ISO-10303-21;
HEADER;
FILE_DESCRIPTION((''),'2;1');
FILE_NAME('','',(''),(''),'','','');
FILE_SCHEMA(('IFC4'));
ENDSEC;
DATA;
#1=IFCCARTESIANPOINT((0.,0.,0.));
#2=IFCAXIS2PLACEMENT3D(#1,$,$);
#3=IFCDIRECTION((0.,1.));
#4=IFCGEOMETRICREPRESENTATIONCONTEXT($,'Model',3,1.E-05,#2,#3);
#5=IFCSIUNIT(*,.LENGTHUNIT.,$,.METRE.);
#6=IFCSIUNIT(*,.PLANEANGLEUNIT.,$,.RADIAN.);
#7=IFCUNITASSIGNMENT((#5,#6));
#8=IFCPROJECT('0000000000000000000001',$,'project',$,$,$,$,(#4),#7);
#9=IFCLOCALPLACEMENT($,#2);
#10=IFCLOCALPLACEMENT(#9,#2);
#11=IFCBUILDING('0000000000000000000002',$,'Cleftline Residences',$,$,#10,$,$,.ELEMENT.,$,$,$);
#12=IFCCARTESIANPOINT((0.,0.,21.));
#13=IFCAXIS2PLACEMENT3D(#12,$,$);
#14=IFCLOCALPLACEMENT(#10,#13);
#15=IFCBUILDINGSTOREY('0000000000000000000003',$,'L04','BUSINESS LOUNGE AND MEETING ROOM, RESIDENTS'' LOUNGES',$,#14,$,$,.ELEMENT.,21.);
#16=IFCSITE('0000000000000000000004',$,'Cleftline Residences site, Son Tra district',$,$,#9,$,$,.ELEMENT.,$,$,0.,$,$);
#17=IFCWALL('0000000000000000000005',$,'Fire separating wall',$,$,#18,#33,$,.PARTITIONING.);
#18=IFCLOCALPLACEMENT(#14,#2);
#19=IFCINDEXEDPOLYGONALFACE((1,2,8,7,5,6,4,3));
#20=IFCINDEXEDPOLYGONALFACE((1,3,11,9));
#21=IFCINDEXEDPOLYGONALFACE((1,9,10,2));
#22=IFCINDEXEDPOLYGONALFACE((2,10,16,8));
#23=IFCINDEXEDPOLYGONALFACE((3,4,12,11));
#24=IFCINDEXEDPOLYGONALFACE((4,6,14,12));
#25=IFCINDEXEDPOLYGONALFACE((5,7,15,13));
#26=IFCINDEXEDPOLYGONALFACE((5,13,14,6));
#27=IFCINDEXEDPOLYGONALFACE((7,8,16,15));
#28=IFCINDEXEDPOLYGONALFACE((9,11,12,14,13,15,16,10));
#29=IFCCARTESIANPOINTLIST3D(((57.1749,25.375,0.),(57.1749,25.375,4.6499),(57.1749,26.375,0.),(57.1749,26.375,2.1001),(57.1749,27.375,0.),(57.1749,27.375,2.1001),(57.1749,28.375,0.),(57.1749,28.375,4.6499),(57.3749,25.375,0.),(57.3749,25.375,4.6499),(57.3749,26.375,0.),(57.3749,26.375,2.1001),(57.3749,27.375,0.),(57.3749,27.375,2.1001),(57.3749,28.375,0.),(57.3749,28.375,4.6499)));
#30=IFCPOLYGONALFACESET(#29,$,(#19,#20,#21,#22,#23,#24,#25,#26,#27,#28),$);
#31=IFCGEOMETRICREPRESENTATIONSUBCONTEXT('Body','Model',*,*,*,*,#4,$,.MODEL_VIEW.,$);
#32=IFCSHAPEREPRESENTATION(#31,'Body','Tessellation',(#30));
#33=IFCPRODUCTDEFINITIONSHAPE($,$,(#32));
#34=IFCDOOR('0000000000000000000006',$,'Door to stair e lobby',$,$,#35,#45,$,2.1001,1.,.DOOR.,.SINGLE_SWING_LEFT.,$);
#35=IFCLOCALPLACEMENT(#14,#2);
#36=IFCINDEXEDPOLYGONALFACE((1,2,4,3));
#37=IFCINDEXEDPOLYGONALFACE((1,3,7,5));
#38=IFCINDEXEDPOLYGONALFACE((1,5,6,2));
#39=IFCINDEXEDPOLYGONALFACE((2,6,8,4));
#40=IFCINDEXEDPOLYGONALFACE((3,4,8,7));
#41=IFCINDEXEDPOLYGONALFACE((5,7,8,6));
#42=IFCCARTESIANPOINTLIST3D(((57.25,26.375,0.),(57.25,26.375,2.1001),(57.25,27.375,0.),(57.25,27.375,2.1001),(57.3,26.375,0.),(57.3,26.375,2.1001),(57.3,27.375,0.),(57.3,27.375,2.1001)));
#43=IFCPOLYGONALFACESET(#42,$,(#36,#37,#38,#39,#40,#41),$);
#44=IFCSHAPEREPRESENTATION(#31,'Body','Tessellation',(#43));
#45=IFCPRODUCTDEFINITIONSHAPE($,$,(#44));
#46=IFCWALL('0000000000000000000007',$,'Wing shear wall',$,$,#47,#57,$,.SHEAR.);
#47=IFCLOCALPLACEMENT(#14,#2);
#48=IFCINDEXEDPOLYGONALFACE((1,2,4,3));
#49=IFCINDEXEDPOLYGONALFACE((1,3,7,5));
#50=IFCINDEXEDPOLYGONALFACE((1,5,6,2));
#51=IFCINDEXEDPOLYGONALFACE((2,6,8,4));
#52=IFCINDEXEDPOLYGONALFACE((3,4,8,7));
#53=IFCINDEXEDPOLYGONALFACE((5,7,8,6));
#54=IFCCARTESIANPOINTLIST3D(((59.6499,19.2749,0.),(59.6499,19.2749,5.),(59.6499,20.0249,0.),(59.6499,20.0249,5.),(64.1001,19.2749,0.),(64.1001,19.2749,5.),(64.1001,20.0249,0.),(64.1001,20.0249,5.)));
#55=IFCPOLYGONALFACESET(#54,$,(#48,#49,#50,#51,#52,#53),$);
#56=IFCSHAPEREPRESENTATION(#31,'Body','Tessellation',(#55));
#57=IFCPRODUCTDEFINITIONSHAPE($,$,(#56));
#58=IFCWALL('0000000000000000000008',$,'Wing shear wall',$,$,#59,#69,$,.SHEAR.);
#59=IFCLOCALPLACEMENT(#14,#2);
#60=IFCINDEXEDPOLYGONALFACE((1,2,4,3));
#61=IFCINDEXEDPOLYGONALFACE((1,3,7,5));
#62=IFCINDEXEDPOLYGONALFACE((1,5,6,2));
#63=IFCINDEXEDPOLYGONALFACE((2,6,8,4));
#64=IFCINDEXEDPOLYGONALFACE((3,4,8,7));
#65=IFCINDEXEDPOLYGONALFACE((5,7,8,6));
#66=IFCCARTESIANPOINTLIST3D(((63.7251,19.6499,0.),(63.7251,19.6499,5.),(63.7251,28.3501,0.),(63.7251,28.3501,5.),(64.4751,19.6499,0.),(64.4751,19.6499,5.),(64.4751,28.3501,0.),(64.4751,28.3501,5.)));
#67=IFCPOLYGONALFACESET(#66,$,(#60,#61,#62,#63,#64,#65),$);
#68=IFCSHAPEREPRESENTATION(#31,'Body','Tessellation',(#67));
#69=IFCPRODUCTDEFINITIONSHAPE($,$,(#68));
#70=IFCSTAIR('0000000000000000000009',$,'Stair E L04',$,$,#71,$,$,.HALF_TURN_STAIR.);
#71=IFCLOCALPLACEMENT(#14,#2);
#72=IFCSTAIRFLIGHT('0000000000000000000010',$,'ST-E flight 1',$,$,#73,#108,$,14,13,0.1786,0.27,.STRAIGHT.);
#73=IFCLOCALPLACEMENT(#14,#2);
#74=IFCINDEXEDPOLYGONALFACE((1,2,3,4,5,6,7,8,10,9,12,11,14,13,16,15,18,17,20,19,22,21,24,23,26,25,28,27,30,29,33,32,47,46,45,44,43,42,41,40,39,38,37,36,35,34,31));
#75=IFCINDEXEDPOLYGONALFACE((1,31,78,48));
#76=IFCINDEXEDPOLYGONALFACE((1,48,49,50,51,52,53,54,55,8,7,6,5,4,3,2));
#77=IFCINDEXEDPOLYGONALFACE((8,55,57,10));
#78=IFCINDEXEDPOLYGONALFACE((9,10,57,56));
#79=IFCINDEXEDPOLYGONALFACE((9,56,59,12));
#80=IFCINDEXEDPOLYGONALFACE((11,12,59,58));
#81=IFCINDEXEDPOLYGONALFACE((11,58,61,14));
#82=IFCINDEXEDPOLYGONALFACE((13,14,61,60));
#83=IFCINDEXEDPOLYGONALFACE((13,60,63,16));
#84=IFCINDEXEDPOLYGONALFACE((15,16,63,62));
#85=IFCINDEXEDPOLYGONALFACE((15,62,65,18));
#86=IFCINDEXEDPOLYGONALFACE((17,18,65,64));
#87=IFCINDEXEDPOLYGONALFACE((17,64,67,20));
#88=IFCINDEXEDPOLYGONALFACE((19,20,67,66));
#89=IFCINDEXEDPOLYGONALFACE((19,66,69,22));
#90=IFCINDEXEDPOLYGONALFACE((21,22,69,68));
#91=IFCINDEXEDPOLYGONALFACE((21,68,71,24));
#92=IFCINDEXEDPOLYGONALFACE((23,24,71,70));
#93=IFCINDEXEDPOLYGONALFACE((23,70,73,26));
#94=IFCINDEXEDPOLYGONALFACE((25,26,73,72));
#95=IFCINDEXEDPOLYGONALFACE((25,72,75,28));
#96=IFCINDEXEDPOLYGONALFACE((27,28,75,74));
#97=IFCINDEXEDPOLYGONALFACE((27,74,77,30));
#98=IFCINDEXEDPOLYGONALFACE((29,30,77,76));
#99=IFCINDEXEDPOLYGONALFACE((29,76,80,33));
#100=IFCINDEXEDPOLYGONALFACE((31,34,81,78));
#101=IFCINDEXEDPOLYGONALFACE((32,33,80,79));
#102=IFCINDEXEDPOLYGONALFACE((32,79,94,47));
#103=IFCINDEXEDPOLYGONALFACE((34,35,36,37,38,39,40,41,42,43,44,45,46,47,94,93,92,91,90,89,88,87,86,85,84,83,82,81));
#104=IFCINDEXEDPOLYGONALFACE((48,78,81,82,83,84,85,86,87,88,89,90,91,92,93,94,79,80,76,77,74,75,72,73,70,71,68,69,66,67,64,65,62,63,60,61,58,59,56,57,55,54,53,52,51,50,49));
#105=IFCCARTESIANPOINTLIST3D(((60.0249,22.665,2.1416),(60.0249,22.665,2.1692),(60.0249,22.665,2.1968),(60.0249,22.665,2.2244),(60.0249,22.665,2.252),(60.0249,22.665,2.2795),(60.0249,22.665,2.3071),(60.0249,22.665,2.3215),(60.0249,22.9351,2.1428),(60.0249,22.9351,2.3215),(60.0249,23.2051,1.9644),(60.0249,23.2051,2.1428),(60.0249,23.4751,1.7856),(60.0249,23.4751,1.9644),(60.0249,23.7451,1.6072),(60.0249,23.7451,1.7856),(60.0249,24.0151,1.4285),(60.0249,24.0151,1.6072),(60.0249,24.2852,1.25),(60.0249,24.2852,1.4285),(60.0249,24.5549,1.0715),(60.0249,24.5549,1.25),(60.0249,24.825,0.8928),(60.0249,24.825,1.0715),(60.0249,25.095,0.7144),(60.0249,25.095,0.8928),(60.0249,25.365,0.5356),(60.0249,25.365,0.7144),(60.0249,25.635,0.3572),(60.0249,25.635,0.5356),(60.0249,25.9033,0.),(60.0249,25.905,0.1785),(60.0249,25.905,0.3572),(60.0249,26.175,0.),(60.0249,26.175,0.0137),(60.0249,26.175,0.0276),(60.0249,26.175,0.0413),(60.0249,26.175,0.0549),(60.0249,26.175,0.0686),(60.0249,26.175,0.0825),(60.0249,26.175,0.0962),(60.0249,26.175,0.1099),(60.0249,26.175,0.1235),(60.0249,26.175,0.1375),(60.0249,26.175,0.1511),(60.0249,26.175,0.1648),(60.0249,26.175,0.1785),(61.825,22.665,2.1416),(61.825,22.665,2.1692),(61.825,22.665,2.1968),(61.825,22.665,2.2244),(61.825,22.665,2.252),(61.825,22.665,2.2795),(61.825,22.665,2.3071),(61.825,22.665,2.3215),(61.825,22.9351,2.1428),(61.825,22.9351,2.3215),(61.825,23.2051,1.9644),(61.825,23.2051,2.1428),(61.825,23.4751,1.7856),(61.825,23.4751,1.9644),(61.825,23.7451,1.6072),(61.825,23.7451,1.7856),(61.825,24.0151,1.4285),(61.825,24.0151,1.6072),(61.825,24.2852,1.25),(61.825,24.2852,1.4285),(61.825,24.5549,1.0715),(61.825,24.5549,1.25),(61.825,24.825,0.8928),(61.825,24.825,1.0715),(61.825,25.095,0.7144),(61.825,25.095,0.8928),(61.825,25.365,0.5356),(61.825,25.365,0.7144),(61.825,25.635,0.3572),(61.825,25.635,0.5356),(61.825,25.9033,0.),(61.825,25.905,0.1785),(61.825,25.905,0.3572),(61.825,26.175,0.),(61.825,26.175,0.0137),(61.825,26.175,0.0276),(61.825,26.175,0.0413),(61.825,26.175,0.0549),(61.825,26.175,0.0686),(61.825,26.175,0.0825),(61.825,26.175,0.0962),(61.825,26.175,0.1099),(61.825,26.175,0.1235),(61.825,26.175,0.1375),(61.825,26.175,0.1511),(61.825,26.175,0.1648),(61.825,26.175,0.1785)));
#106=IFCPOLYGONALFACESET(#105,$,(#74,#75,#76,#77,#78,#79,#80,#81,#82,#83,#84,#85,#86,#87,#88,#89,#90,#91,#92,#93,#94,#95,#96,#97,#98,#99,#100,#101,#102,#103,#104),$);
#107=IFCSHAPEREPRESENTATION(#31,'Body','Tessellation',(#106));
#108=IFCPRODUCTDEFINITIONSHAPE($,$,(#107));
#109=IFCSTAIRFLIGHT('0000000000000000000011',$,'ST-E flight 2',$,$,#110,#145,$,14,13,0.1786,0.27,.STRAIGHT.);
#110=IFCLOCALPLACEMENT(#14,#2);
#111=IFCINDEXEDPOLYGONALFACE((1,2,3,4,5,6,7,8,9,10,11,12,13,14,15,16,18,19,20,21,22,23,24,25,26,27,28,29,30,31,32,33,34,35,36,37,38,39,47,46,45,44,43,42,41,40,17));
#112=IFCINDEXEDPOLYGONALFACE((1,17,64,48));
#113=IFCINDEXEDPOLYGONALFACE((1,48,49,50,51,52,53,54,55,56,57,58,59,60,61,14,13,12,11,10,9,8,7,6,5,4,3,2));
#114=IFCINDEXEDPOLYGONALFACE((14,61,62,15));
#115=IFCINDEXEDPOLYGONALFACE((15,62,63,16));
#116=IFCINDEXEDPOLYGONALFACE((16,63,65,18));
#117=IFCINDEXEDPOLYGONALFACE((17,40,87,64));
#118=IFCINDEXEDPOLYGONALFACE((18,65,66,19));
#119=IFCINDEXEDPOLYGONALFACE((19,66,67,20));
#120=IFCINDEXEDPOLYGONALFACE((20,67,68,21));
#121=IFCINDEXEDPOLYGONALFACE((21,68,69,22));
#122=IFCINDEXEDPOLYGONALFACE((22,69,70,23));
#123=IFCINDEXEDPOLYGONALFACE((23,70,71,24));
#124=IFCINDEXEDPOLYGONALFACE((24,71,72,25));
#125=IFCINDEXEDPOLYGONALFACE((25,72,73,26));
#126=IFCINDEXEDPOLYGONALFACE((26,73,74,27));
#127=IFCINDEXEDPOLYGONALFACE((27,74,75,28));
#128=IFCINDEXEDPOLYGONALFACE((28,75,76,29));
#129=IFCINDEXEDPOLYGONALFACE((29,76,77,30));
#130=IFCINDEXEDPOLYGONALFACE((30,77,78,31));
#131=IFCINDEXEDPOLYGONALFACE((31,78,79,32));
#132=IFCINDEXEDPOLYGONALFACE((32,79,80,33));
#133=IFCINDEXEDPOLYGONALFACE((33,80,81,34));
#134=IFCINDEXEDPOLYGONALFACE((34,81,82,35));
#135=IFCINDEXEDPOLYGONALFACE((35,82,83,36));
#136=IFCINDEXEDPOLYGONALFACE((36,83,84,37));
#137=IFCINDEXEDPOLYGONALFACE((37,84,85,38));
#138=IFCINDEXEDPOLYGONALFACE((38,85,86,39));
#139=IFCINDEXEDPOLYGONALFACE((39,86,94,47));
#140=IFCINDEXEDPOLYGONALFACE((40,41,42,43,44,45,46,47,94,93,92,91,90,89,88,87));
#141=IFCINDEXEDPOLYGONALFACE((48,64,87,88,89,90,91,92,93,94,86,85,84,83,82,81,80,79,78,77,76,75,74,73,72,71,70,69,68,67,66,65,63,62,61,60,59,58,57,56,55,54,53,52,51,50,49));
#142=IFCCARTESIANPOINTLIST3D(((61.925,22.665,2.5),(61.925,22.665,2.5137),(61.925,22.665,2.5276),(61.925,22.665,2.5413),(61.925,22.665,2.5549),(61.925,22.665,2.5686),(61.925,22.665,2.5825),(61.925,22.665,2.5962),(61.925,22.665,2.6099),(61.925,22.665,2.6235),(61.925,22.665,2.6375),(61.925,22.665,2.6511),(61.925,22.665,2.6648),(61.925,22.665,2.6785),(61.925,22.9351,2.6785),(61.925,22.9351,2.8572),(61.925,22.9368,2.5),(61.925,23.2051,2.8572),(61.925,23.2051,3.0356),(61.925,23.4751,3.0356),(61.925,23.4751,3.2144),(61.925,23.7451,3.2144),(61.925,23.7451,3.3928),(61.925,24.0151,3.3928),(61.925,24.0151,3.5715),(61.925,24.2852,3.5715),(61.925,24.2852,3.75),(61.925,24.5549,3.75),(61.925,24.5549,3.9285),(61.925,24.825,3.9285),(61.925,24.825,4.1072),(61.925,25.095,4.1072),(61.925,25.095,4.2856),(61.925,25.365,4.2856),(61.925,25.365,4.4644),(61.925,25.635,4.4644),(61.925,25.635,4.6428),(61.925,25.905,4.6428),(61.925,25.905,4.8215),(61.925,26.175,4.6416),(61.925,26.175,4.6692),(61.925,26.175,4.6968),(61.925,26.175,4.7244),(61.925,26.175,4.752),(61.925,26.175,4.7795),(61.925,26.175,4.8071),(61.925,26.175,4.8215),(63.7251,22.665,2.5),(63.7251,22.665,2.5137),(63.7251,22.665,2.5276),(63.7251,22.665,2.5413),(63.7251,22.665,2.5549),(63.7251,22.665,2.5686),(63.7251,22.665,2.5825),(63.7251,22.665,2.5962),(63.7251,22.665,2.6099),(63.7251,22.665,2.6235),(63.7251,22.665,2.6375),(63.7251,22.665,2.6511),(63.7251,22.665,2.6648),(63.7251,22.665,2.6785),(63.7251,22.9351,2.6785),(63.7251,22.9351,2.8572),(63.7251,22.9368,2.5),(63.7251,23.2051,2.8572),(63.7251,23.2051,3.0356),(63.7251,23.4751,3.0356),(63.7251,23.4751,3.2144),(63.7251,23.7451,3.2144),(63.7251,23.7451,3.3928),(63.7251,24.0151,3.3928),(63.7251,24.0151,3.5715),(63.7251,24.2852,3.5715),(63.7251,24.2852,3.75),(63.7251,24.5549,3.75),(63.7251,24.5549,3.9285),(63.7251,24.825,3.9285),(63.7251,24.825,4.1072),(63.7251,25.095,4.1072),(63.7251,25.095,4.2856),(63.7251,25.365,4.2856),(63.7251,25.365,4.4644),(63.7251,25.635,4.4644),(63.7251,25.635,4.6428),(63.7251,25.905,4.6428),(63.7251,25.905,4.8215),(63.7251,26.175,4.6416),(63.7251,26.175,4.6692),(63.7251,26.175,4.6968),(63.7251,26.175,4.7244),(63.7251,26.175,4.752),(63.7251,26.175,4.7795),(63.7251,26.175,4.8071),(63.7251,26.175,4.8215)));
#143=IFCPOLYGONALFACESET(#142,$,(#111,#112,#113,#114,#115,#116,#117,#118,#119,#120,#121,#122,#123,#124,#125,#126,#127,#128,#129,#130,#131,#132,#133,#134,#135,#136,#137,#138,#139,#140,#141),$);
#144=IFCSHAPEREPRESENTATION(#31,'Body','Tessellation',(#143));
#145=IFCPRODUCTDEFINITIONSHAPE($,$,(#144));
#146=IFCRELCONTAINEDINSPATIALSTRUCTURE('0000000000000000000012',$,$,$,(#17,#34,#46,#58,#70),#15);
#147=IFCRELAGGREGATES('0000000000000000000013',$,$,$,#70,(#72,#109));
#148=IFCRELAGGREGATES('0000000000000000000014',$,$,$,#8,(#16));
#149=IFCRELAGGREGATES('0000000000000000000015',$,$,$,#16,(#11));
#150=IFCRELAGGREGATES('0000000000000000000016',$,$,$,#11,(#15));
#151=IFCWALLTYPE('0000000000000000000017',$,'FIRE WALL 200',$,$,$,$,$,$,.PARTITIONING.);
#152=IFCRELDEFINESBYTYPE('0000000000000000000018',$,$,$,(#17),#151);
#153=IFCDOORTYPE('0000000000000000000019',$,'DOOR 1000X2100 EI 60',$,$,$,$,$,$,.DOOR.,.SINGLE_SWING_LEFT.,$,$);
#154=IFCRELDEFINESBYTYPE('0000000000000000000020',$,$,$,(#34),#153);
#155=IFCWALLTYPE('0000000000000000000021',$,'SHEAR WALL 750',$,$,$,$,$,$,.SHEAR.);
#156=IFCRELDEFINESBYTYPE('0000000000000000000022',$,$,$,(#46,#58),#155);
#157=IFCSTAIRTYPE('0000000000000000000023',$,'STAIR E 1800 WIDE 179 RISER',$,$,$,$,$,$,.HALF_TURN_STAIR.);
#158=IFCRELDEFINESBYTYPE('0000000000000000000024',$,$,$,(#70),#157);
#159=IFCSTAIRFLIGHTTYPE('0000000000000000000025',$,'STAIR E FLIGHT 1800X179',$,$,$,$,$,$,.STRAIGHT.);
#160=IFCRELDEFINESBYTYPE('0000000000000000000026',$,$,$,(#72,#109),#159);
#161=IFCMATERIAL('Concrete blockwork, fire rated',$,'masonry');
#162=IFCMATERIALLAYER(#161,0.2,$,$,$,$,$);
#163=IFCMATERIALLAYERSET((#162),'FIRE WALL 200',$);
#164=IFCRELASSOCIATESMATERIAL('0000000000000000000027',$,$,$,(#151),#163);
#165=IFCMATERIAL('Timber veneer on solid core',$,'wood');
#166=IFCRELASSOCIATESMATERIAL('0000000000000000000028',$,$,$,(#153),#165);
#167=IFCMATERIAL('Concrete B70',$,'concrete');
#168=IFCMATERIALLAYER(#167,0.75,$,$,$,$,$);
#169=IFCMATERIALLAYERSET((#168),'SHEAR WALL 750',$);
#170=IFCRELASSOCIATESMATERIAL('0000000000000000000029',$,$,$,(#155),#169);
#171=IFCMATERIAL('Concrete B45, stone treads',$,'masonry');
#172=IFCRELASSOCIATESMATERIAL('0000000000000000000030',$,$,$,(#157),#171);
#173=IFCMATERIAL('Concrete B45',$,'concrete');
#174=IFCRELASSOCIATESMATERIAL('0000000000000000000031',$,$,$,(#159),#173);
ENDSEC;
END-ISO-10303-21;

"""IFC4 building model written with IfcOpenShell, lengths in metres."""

from ifc_helpers import new_model, si_unit, direction, frame, frame_2d, origin, place, context, subcontext, project, spatial, polyline, rectangle, outline, extrude, material, layer, layer_set, type_object, element, fill, aggregate, save


model = new_model("IFC4")

# Units and contexts
model_context = context("Model", 3, precision=1e-05, world=origin(), true_north=direction((0.0, 1.0)))
body_context = subcontext(model_context, "Body", "Model", "MODEL_VIEW")
ifc_project = project(units=[si_unit("LENGTHUNIT", "METRE"), si_unit("PLANEANGLEUNIT", "RADIAN")], contexts=[model_context])

# Site, building, storey
site_placement = place(None, origin())
site = spatial("IfcSite", under=ifc_project, at=site_placement, Name="Cleftline Residences site, Son Tra district", CompositionType="ELEMENT", RefElevation=0.0)
building_placement = place(site_placement, origin())
building = spatial("IfcBuilding", under=site, at=building_placement, Name="Cleftline Residences", CompositionType="ELEMENT")
storey_placement = place(building_placement, frame((0.0, 0.0, 21.0)))
storey = spatial("IfcBuildingStorey", under=building, at=storey_placement, Name="L04", Description="BUSINESS LOUNGE AND MEETING ROOM, RESIDENTS' LOUNGES", CompositionType="ELEMENT", Elevation=21.0)

# Shared definitions
ifc_material_1 = material(Name="Concrete blockwork, fire rated", Category="masonry")
ifc_layer_1 = layer(ifc_material_1, 0.2)
ifc_layer_set_1 = layer_set([ifc_layer_1], Name="FIRE WALL 200")
wall_type_1 = type_object("IfcWallType", Name="FIRE WALL 200", PredefinedType="PARTITIONING", material=ifc_layer_set_1)

# Wall, opening, door
wall_1_placement = place(storey_placement, frame((57.2749, 25.375, 0.0), z_axis=(0.0, 0.0, 1.0), x_axis=(0.0, 1.0, 0.0)))
wall_1 = element("IfcWall", 1, at=wall_1_placement, inside=storey, type_object=wall_type_1, Name="Fire separating wall", PredefinedType="PARTITIONING", context=body_context, shape_type="SweptSolid", body=[
    extrude(rectangle(XDim=3.0, YDim=0.2, at=frame_2d((1.5, 0.0))), origin(), (0.0, 0.0, 1.0), 4.6499),
])
opening_placement = place(wall_1_placement, frame((1.0, 0.0, 0.0)))
opening = element("IfcOpeningElement", 2, at=opening_placement, cuts=wall_1, PredefinedType="OPENING", context=body_context, shape_type="SweptSolid", body=[
    extrude(rectangle(XDim=1.0, YDim=2.1001, at=frame_2d((0.5, 1.05))), frame((0.0, 0.1099, 0.0), z_axis=(0.0, -1.0, 0.0), x_axis=(1.0, 0.0, 0.0)), (0.0, 0.0, 1.0), 0.22),
])
ifc_material_2 = material(Name="Timber veneer on solid core", Category="wood")
door_type = type_object("IfcDoorType", Name="DOOR 1000X2100 EI 60", OperationType="SINGLE_SWING_LEFT", PredefinedType="DOOR", material=ifc_material_2)
door_placement = place(opening_placement, origin())
door = element("IfcDoor", 3, at=door_placement, inside=storey, type_object=door_type, Name="Door to stair e lobby", OperationType="SINGLE_SWING_LEFT", OverallHeight=2.1001, OverallWidth=1.0, PredefinedType="DOOR", context=body_context, shape_type="SweptSolid", body=[
    extrude(rectangle(XDim=1.0, YDim=2.1001, at=frame_2d((0.5, 1.05))), frame((0.0, 0.0249, 0.0), z_axis=(0.0, -1.0, 0.0), x_axis=(1.0, 0.0, 0.0)), (0.0, 0.0, 1.0), 0.05),
])
fill(opening, door)

# Walls
ifc_material_3 = material(Name="Concrete B70", Category="concrete")
ifc_layer_2 = layer(ifc_material_3, 0.75)
ifc_layer_set_2 = layer_set([ifc_layer_2], Name="SHEAR WALL 750")
wall_type_2 = type_object("IfcWallType", Name="SHEAR WALL 750", PredefinedType="SHEAR", material=ifc_layer_set_2)
wall_2_placement = place(storey_placement, frame((59.6499, 19.6499, 0.0), z_axis=(0.0, 0.0, 1.0), x_axis=(1.0, 0.0, 0.0)))
element("IfcWall", 4, at=wall_2_placement, inside=storey, type_object=wall_type_2, Name="Wing shear wall", PredefinedType="SHEAR", context=body_context, shape_type="SweptSolid", body=[
    extrude(rectangle(XDim=4.4502, YDim=0.75, at=frame_2d((2.2251, 0.0))), origin(), (0.0, 0.0, 1.0), 5.0),
])
wall_3_placement = place(storey_placement, frame((64.1001, 19.6499, 0.0), z_axis=(0.0, 0.0, 1.0), x_axis=(0.0, 1.0, 0.0)))
element("IfcWall", 5, at=wall_3_placement, inside=storey, type_object=wall_type_2, Name="Wing shear wall", PredefinedType="SHEAR", context=body_context, shape_type="SweptSolid", body=[
    extrude(rectangle(XDim=8.7002, YDim=0.75, at=frame_2d((4.3501, 0.0))), origin(), (0.0, 0.0, 1.0), 5.0),
])

# Stair, stair flights
ifc_material_4 = material(Name="Concrete B45, stone treads", Category="masonry")
stair_type = type_object("IfcStairType", Name="STAIR E 1800 WIDE 179 RISER", PredefinedType="HALF_TURN_STAIR", material=ifc_material_4)
stair_placement = place(storey_placement, origin())
stair = element("IfcStair", 6, at=stair_placement, inside=storey, type_object=stair_type, Name="Stair E L04", PredefinedType="HALF_TURN_STAIR")
ifc_material_5 = material(Name="Concrete B45", Category="concrete")
stair_flight_type = type_object("IfcStairFlightType", Name="STAIR E FLIGHT 1800X179", PredefinedType="STRAIGHT", material=ifc_material_5)
stair_flight_1_placement = place(storey_placement, frame((60.925, 26.175, 0.0), z_axis=(0.0, 0.0, 1.0), x_axis=(0.0, -1.0, 0.0)))
stair_flight_1 = element("IfcStairFlight", 7, at=stair_flight_1_placement, type_object=stair_flight_type, Name="ST-E flight 1", NumberOfRisers=14, NumberOfTreads=13, PredefinedType="STRAIGHT", RiserHeight=0.1786, TreadLength=0.27, context=body_context, shape_type="SweptSolid", body=[
    extrude(outline(polyline([(0.0, 0.0), (0.0, 0.0137), (0.0, 0.0276), (0.0, 0.0413), (0.0, 0.0549), (0.0, 0.0686), (0.0, 0.0825), (0.0, 0.0962), (0.0, 0.1099), (0.0, 0.1235), (0.0, 0.1375), (0.0, 0.1511), (0.0, 0.1648), (0.0, 0.1785), (0.27, 0.1785), (0.27, 0.3572), (0.54, 0.3572), (0.54, 0.5356), (0.8101, 0.5356), (0.8101, 0.7144), (1.0801, 0.7144), (1.0801, 0.8928), (1.3501, 0.8928), (1.3501, 1.0715), (1.6201, 1.0715), (1.6201, 1.25), (1.8899, 1.25), (1.8899, 1.4285), (2.1599, 1.4285), (2.1599, 1.6072), (2.4299, 1.6072), (2.4299, 1.7856), (2.7, 1.7856), (2.7, 1.9644), (2.97, 1.9644), (2.97, 2.1428), (3.24, 2.1428), (3.24, 2.3215), (3.51, 2.3215), (3.51, 2.5), (3.51, 2.4724), (3.51, 2.4448), (3.51, 2.4172), (3.51, 2.3896), (3.51, 2.3623), (3.51, 2.3347), (3.51, 2.3071), (3.51, 2.2795), (3.51, 2.252), (3.51, 2.2244), (3.51, 2.1968), (3.51, 2.1692), (3.51, 2.1416), (0.2717, 0.0), (0.0, 0.0)])), frame((0.0, 0.8999, 0.0), z_axis=(0.0, -1.0, 0.0), x_axis=(1.0, 0.0, 0.0)), (0.0, 0.0, 1.0), 1.8),
])
stair_flight_2_placement = place(storey_placement, frame((62.825, 22.665, 2.5), z_axis=(0.0, 0.0, 1.0), x_axis=(0.0, 1.0, 0.0)))
stair_flight_2 = element("IfcStairFlight", 8, at=stair_flight_2_placement, type_object=stair_flight_type, Name="ST-E flight 2", NumberOfRisers=14, NumberOfTreads=13, PredefinedType="STRAIGHT", RiserHeight=0.1786, TreadLength=0.27, context=body_context, shape_type="SweptSolid", body=[
    extrude(outline(polyline([(0.0, 0.0), (0.0, 0.0137), (0.0, 0.0276), (0.0, 0.0413), (0.0, 0.0549), (0.0, 0.0686), (0.0, 0.0825), (0.0, 0.0962), (0.0, 0.1099), (0.0, 0.1235), (0.0, 0.1375), (0.0, 0.1511), (0.0, 0.1648), (0.0, 0.1785), (0.27, 0.1785), (0.27, 0.3572), (0.54, 0.3572), (0.54, 0.5356), (0.8101, 0.5356), (0.8101, 0.7144), (1.0801, 0.7144), (1.0801, 0.8928), (1.3501, 0.8928), (1.3501, 1.0715), (1.6201, 1.0715), (1.6201, 1.25), (1.8899, 1.25), (1.8899, 1.4285), (2.1599, 1.4285), (2.1599, 1.6072), (2.4299, 1.6072), (2.4299, 1.7856), (2.7, 1.7856), (2.7, 1.9644), (2.97, 1.9644), (2.97, 2.1428), (3.24, 2.1428), (3.24, 2.3215), (3.51, 2.3215), (3.51, 2.5), (3.51, 2.4724), (3.51, 2.4448), (3.51, 2.4172), (3.51, 2.3896), (3.51, 2.3623), (3.51, 2.3347), (3.51, 2.3071), (3.51, 2.2795), (3.51, 2.252), (3.51, 2.2244), (3.51, 2.1968), (3.51, 2.1692), (3.51, 2.1416), (0.2717, 0.0), (0.0, 0.0)])), frame((0.0, 0.8999, 0.0), z_axis=(0.0, -1.0, 0.0), x_axis=(1.0, 0.0, 0.0)), (0.0, 0.0, 1.0), 1.8),
])
aggregate(stair, [stair_flight_1, stair_flight_2])

save(model, "model.ifc")
